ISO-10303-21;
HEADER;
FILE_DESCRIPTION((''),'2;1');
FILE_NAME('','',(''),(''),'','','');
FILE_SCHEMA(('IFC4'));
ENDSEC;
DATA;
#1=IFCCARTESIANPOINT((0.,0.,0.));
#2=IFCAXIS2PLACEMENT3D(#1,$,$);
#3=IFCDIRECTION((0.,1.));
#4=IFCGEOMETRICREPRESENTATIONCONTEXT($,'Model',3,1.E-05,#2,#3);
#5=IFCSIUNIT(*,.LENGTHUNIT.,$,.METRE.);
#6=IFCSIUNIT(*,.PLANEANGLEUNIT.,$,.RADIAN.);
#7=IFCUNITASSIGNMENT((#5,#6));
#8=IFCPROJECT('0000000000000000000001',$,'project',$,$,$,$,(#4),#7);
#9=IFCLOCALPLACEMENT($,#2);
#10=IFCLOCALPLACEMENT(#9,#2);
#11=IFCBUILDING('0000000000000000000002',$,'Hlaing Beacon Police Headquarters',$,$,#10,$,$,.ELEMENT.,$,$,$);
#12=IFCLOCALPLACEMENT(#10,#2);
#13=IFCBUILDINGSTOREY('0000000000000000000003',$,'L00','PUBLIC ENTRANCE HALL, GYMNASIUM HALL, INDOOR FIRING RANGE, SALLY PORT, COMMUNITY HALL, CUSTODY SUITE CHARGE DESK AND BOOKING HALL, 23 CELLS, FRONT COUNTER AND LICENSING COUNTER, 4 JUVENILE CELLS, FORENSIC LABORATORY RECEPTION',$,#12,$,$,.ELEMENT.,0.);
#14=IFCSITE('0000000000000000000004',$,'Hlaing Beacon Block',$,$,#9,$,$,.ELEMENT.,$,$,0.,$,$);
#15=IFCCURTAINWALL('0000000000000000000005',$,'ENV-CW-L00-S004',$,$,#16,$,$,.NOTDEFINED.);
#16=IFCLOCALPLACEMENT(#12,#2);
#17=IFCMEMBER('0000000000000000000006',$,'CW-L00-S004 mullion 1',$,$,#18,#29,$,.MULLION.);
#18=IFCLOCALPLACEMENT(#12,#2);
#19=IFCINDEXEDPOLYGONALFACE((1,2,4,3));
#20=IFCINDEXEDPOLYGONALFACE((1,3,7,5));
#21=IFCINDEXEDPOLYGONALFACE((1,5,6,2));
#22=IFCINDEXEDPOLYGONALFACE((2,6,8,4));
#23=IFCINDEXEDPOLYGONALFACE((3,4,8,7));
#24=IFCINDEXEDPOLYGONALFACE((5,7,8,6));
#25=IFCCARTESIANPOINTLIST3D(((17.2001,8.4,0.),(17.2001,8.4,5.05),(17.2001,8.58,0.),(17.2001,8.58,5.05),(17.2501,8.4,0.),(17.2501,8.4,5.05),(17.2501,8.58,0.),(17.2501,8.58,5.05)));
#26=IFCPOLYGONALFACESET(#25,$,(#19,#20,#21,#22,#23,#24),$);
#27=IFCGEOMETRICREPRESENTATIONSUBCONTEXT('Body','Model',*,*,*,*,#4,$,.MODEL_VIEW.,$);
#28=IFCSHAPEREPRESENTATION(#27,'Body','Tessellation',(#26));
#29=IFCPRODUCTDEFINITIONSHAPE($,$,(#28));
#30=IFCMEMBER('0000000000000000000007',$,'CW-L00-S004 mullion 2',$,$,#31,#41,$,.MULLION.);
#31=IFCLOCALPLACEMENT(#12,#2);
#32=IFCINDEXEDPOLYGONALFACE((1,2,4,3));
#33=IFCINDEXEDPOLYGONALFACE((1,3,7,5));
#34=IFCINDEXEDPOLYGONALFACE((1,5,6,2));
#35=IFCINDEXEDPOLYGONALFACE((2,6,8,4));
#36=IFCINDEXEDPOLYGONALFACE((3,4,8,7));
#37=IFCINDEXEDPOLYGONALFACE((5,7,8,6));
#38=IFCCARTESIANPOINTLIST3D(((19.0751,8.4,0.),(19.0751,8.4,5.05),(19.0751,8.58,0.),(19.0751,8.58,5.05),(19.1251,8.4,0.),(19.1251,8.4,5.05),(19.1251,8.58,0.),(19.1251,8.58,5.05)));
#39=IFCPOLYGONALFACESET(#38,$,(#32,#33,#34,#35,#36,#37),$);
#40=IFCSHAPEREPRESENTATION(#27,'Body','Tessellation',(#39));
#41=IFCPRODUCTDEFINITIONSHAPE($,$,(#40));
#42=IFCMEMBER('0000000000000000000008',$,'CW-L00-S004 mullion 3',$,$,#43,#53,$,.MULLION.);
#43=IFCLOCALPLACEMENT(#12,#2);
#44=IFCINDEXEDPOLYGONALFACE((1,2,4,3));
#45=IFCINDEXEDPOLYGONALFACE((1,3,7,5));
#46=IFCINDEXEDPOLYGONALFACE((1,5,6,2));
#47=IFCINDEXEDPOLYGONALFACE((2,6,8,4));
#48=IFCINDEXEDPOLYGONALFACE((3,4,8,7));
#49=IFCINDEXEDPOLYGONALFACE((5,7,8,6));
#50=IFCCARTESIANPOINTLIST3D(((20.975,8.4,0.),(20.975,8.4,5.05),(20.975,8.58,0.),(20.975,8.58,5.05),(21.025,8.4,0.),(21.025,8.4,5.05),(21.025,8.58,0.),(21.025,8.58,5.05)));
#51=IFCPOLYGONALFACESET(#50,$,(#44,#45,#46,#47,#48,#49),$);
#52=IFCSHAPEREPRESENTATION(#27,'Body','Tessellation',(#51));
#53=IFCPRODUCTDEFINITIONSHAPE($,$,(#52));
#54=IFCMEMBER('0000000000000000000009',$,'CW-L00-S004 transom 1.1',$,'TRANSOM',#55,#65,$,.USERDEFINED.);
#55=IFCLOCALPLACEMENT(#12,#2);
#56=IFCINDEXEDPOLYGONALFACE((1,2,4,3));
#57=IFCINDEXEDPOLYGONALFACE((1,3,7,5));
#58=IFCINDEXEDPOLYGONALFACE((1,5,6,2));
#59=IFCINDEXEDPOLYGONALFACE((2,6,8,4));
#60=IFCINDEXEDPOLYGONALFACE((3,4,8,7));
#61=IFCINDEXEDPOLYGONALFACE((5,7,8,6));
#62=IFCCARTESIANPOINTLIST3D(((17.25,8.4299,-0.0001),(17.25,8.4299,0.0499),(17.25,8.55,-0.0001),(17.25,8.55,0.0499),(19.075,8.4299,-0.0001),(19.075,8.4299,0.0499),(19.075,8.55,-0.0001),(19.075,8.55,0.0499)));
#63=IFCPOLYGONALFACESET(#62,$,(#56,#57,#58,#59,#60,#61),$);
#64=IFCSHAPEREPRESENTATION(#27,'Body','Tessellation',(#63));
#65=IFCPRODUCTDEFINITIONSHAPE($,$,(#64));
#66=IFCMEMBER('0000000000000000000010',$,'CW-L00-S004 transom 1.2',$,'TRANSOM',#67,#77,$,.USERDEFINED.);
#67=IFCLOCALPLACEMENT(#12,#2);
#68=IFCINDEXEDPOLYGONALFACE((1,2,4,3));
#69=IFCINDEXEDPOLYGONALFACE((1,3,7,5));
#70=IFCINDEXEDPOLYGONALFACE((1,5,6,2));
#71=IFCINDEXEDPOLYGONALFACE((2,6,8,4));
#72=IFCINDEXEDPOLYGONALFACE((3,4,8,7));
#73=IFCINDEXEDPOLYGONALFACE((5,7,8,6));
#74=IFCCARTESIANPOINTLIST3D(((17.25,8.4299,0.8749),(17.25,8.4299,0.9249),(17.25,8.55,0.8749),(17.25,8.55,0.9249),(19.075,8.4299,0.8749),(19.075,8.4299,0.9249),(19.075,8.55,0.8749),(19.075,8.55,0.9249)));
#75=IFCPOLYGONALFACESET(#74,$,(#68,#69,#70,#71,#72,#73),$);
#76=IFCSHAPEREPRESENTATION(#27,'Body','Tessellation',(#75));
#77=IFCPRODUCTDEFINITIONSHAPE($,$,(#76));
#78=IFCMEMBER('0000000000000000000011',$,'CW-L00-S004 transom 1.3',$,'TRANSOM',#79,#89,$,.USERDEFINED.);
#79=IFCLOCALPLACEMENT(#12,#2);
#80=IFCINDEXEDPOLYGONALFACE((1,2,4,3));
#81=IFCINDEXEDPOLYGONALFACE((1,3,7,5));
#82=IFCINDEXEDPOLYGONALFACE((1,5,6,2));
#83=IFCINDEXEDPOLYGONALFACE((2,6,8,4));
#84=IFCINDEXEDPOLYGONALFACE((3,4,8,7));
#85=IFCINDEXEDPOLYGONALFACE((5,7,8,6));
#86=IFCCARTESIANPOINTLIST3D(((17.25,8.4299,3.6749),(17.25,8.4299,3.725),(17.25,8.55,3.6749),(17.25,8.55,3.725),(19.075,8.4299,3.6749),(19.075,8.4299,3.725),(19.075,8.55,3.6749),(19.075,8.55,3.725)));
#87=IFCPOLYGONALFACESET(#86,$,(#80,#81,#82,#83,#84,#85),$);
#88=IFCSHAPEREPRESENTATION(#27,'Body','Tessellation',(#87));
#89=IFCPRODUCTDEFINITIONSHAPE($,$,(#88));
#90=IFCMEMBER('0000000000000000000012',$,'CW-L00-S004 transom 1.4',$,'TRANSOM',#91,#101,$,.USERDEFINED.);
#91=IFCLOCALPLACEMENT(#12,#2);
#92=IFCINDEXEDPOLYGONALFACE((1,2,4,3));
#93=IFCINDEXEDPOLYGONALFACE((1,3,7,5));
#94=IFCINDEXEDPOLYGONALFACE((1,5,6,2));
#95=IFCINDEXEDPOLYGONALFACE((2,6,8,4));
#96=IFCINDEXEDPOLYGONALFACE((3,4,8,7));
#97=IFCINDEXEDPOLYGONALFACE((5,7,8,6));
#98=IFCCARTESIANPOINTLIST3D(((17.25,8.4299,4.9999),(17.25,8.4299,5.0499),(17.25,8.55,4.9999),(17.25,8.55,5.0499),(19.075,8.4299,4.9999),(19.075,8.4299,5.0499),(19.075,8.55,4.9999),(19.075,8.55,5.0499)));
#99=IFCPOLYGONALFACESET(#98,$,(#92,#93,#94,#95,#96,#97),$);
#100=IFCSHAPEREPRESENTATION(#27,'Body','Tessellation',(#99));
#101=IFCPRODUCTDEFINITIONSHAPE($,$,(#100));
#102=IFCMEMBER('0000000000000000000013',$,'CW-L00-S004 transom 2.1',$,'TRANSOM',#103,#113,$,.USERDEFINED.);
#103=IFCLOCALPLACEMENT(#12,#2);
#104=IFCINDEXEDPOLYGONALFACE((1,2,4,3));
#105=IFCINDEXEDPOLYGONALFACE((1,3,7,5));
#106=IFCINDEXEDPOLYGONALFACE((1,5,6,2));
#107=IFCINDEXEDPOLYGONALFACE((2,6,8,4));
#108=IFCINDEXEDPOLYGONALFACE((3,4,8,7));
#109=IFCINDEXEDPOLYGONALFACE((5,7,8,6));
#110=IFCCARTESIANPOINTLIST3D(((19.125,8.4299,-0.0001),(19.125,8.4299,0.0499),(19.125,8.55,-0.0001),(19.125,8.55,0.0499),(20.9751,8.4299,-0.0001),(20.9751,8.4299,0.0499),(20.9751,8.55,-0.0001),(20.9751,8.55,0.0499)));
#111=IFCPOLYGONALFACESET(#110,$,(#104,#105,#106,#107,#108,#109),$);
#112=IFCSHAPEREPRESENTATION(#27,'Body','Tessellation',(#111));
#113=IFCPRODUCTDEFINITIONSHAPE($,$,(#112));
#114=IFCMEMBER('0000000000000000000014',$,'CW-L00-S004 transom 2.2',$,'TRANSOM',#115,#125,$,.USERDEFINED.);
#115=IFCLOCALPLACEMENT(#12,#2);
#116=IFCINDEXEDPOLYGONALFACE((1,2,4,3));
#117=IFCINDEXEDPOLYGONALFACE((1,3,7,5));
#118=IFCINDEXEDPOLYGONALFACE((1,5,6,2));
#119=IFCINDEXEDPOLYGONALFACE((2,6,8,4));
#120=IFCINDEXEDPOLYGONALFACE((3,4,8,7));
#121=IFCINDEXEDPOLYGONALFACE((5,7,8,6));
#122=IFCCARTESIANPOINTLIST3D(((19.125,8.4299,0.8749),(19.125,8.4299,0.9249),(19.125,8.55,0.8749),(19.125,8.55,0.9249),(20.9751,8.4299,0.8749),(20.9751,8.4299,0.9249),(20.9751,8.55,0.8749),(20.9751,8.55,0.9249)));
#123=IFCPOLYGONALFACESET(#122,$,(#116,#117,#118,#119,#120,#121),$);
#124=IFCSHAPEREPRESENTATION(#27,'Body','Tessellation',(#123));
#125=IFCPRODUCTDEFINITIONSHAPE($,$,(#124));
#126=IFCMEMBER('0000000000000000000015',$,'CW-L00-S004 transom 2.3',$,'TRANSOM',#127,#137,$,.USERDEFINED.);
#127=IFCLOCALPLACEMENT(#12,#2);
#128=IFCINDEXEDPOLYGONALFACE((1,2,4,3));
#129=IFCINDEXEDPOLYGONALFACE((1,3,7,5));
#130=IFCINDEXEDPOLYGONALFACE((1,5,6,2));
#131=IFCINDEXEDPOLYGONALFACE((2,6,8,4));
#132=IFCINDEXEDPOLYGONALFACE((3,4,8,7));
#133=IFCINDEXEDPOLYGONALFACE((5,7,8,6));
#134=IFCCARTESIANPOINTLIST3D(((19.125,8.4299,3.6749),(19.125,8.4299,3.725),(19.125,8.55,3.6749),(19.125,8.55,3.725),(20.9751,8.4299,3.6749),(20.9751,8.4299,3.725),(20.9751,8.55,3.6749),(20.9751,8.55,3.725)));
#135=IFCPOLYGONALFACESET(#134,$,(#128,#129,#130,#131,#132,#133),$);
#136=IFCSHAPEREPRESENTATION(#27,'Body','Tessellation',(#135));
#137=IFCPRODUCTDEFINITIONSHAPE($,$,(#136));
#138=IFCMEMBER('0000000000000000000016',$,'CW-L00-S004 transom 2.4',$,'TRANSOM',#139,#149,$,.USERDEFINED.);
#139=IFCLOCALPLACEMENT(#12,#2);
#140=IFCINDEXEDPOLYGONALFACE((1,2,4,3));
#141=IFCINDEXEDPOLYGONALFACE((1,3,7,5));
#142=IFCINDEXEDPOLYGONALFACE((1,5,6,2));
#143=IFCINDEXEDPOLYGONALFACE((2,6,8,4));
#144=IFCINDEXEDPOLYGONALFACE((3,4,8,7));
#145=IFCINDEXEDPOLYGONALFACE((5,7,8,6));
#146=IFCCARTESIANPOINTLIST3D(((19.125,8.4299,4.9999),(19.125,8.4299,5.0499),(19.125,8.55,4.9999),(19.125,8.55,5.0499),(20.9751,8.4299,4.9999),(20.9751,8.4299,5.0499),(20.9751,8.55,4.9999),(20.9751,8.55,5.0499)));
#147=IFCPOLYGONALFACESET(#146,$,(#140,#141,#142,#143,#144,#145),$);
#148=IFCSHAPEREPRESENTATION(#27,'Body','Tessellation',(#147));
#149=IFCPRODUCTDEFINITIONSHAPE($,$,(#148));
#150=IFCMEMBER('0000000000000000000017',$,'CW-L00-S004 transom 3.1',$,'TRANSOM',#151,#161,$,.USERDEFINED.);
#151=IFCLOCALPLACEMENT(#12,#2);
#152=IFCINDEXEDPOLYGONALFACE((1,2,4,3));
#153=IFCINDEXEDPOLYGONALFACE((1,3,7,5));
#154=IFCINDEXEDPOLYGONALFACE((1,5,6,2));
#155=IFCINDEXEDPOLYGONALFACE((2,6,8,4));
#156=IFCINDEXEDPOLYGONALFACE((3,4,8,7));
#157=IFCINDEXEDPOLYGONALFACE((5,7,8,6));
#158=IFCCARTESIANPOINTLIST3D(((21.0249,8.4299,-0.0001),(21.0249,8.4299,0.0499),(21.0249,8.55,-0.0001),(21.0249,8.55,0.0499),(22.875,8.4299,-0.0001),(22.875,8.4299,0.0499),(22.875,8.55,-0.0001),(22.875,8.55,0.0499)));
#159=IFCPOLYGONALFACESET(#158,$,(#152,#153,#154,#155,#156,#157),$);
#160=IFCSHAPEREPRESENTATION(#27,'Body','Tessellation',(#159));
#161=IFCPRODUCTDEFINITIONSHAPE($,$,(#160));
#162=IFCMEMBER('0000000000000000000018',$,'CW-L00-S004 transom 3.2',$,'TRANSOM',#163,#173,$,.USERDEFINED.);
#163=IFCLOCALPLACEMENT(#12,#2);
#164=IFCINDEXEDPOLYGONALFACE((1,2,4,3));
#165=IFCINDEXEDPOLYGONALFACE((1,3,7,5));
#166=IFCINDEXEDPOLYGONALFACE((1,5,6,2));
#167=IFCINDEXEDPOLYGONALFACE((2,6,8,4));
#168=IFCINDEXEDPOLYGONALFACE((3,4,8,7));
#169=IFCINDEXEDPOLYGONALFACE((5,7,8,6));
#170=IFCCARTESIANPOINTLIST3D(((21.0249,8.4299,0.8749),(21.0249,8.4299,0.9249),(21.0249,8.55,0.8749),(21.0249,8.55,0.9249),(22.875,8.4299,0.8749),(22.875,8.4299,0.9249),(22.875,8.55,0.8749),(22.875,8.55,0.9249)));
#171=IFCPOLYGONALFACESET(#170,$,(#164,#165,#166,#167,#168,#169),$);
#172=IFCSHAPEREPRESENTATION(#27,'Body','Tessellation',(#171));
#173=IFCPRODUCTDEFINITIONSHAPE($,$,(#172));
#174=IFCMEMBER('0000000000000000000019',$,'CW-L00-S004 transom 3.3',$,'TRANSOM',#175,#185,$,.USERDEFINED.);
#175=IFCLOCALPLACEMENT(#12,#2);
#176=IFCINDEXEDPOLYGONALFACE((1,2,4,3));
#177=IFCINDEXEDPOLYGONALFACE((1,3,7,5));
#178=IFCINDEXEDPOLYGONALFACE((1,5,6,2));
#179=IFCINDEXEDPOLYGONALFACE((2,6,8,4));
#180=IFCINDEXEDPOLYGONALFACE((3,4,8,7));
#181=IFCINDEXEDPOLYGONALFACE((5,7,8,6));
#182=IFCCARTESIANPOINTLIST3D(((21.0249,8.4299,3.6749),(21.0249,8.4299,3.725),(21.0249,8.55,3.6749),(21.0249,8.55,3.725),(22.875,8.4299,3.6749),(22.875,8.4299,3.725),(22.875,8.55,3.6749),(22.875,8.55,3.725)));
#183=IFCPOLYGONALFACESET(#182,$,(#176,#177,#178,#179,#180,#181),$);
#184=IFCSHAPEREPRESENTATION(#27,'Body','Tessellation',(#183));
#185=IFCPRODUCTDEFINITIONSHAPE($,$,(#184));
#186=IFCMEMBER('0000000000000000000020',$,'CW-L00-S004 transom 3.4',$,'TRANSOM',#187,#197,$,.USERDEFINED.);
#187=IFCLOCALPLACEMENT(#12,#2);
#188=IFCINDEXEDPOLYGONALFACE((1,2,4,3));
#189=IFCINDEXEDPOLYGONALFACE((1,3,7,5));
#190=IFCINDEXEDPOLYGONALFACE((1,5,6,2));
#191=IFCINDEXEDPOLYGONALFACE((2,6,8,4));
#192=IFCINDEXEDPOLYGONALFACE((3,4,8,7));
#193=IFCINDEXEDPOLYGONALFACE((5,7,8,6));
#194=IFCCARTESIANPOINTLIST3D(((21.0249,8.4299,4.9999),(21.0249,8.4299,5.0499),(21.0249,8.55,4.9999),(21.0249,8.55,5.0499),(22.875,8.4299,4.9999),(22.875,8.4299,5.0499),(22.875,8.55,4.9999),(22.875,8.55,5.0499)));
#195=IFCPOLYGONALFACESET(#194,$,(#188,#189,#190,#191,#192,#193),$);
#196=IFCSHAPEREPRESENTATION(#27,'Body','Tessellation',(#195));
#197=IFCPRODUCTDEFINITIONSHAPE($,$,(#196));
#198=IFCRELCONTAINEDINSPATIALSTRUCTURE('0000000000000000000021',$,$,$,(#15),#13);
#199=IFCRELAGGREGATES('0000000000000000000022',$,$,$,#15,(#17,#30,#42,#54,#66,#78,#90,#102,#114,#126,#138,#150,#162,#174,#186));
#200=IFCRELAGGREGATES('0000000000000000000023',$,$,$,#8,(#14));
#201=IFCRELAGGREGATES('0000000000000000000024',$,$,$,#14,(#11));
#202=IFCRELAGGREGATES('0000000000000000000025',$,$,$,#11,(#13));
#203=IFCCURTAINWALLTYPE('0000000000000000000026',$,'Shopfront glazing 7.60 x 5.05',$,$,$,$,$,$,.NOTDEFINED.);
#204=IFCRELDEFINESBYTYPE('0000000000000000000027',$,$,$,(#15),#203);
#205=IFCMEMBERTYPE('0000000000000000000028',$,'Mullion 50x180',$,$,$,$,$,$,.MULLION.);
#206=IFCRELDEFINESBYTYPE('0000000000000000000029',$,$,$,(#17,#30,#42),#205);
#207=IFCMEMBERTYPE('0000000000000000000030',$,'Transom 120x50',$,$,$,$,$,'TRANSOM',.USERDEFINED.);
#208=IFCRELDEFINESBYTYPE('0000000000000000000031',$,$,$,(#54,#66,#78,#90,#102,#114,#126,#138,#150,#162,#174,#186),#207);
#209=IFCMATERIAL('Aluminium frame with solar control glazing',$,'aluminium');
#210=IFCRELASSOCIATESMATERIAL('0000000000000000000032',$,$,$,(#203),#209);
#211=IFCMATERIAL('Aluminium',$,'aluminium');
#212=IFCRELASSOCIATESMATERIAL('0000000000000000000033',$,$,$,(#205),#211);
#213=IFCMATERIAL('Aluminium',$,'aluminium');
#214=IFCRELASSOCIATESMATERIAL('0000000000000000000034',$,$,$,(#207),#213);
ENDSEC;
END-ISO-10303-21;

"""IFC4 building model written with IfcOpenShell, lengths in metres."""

from ifc_helpers import new_model, si_unit, direction, frame, origin, origin_2d, place, context, subcontext, project, spatial, rectangle, extrude, material, material_profile, profile_set, type_object, element, aggregate, save


model = new_model("IFC4")

# Units and contexts
model_context = context("Model", 3, precision=1e-05, world=origin(), true_north=direction((0.0, 1.0)))
body_context = subcontext(model_context, "Body", "Model", "MODEL_VIEW")
ifc_project = project(units=[si_unit("LENGTHUNIT", "METRE"), si_unit("PLANEANGLEUNIT", "RADIAN")], contexts=[model_context])

# Site, building, storey
site_placement = place(None, origin())
site = spatial("IfcSite", under=ifc_project, at=site_placement, Name="Hlaing Beacon Block", CompositionType="ELEMENT", RefElevation=0.0)
building_placement = place(site_placement, origin())
building = spatial("IfcBuilding", under=site, at=building_placement, Name="Hlaing Beacon Police Headquarters", CompositionType="ELEMENT")
storey_placement = place(building_placement, origin())
storey = spatial("IfcBuildingStorey", under=building, at=storey_placement, Name="L00", Description="PUBLIC ENTRANCE HALL, GYMNASIUM HALL, INDOOR FIRING RANGE, SALLY PORT, COMMUNITY HALL, CUSTODY SUITE CHARGE DESK AND BOOKING HALL, 23 CELLS, FRONT COUNTER AND LICENSING COUNTER, 4 JUVENILE CELLS, FORENSIC LABORATORY RECEPTION", CompositionType="ELEMENT", Elevation=0.0)

# Curtain wall, members
ifc_material_1 = material(Name="Aluminium frame with solar control glazing", Category="aluminium")
curtain_wall_type = type_object("IfcCurtainWallType", Name="Shopfront glazing 7.60 x 5.05", PredefinedType="NOTDEFINED", material=ifc_material_1)
curtain_wall_placement = place(storey_placement, origin())
curtain_wall = element("IfcCurtainWall", 1, at=curtain_wall_placement, inside=storey, type_object=curtain_wall_type, Name="ENV-CW-L00-S004", PredefinedType="NOTDEFINED")
ifc_material_2 = material(Name="Aluminium", Category="aluminium")
ifc_material_profile_1 = material_profile(ifc_material_2, rectangle(XDim=0.1799, YDim=0.05, at=origin_2d()), Name="Mullion 50x180")
ifc_profile_set_1 = profile_set([ifc_material_profile_1], Name="Aluminium")
member_type_1 = type_object("IfcMemberType", Name="Mullion 50x180", PredefinedType="MULLION", material=ifc_profile_set_1)
member_1_placement = place(storey_placement, frame((17.2251, 8.49, 0.0), z_axis=(0.0, 0.0, 1.0), x_axis=(0.0, 1.0, 0.0)))
member_1 = element("IfcMember", 2, at=member_1_placement, type_object=member_type_1, Name="CW-L00-S004 mullion 1", PredefinedType="MULLION", context=body_context, shape_type="SweptSolid", body=[
    extrude(rectangle(XDim=0.1799, YDim=0.05, at=origin_2d()), origin(), (0.0, 0.0, 1.0), 5.05),
])
member_2_placement = place(storey_placement, frame((19.1001, 8.49, 0.0), z_axis=(0.0, 0.0, 1.0), x_axis=(0.0, 1.0, 0.0)))
member_2 = element("IfcMember", 3, at=member_2_placement, type_object=member_type_1, Name="CW-L00-S004 mullion 2", PredefinedType="MULLION", context=body_context, shape_type="SweptSolid", body=[
    extrude(rectangle(XDim=0.1799, YDim=0.05, at=origin_2d()), origin(), (0.0, 0.0, 1.0), 5.05),
])
member_3_placement = place(storey_placement, frame((21.0, 8.49, 0.0), z_axis=(0.0, 0.0, 1.0), x_axis=(0.0, 1.0, 0.0)))
member_3 = element("IfcMember", 4, at=member_3_placement, type_object=member_type_1, Name="CW-L00-S004 mullion 3", PredefinedType="MULLION", context=body_context, shape_type="SweptSolid", body=[
    extrude(rectangle(XDim=0.1799, YDim=0.05, at=origin_2d()), origin(), (0.0, 0.0, 1.0), 5.05),
])
ifc_material_3 = material(Name="Aluminium", Category="aluminium")
ifc_material_profile_2 = material_profile(ifc_material_3, rectangle(XDim=0.1201, YDim=0.05, at=origin_2d()), Name="Transom 120x50")
ifc_profile_set_2 = profile_set([ifc_material_profile_2], Name="Aluminium")
member_type_2 = type_object("IfcMemberType", Name="Transom 120x50", ElementType="TRANSOM", PredefinedType="USERDEFINED", material=ifc_profile_set_2)
member_4_placement = place(storey_placement, frame((17.25, 8.49, 0.0249), z_axis=(1.0, 0.0, 0.0), x_axis=(0.0, 1.0, 0.0)))
member_4 = element("IfcMember", 5, at=member_4_placement, type_object=member_type_2, Name="CW-L00-S004 transom 1.1", ObjectType="TRANSOM", PredefinedType="USERDEFINED", context=body_context, shape_type="SweptSolid", body=[
    extrude(rectangle(XDim=0.1201, YDim=0.05, at=origin_2d()), origin(), (0.0, 0.0, 1.0), 1.825),
])
member_5_placement = place(storey_placement, frame((17.25, 8.49, 0.8999), z_axis=(1.0, 0.0, 0.0), x_axis=(0.0, 1.0, 0.0)))
member_5 = element("IfcMember", 6, at=member_5_placement, type_object=member_type_2, Name="CW-L00-S004 transom 1.2", ObjectType="TRANSOM", PredefinedType="USERDEFINED", context=body_context, shape_type="SweptSolid", body=[
    extrude(rectangle(XDim=0.1201, YDim=0.05, at=origin_2d()), origin(), (0.0, 0.0, 1.0), 1.825),
])
member_6_placement = place(storey_placement, frame((17.25, 8.49, 3.7), z_axis=(1.0, 0.0, 0.0), x_axis=(0.0, 1.0, 0.0)))
member_6 = element("IfcMember", 7, at=member_6_placement, type_object=member_type_2, Name="CW-L00-S004 transom 1.3", ObjectType="TRANSOM", PredefinedType="USERDEFINED", context=body_context, shape_type="SweptSolid", body=[
    extrude(rectangle(XDim=0.1201, YDim=0.05, at=origin_2d()), origin(), (0.0, 0.0, 1.0), 1.825),
])
member_7_placement = place(storey_placement, frame((17.25, 8.49, 5.0249), z_axis=(1.0, 0.0, 0.0), x_axis=(0.0, 1.0, 0.0)))
member_7 = element("IfcMember", 8, at=member_7_placement, type_object=member_type_2, Name="CW-L00-S004 transom 1.4", ObjectType="TRANSOM", PredefinedType="USERDEFINED", context=body_context, shape_type="SweptSolid", body=[
    extrude(rectangle(XDim=0.1201, YDim=0.05, at=origin_2d()), origin(), (0.0, 0.0, 1.0), 1.825),
])
member_8_placement = place(storey_placement, frame((19.125, 8.49, 0.0249), z_axis=(1.0, 0.0, 0.0), x_axis=(0.0, 1.0, 0.0)))
member_8 = element("IfcMember", 9, at=member_8_placement, type_object=member_type_2, Name="CW-L00-S004 transom 2.1", ObjectType="TRANSOM", PredefinedType="USERDEFINED", context=body_context, shape_type="SweptSolid", body=[
    extrude(rectangle(XDim=0.1201, YDim=0.05, at=origin_2d()), origin(), (0.0, 0.0, 1.0), 1.8501),
])
member_9_placement = place(storey_placement, frame((19.125, 8.49, 0.8999), z_axis=(1.0, 0.0, 0.0), x_axis=(0.0, 1.0, 0.0)))
member_9 = element("IfcMember", 10, at=member_9_placement, type_object=member_type_2, Name="CW-L00-S004 transom 2.2", ObjectType="TRANSOM", PredefinedType="USERDEFINED", context=body_context, shape_type="SweptSolid", body=[
    extrude(rectangle(XDim=0.1201, YDim=0.05, at=origin_2d()), origin(), (0.0, 0.0, 1.0), 1.8501),
])
member_10_placement = place(storey_placement, frame((19.125, 8.49, 3.7), z_axis=(1.0, 0.0, 0.0), x_axis=(0.0, 1.0, 0.0)))
member_10 = element("IfcMember", 11, at=member_10_placement, type_object=member_type_2, Name="CW-L00-S004 transom 2.3", ObjectType="TRANSOM", PredefinedType="USERDEFINED", context=body_context, shape_type="SweptSolid", body=[
    extrude(rectangle(XDim=0.1201, YDim=0.05, at=origin_2d()), origin(), (0.0, 0.0, 1.0), 1.8501),
])
member_11_placement = place(storey_placement, frame((19.125, 8.49, 5.0249), z_axis=(1.0, 0.0, 0.0), x_axis=(0.0, 1.0, 0.0)))
member_11 = element("IfcMember", 12, at=member_11_placement, type_object=member_type_2, Name="CW-L00-S004 transom 2.4", ObjectType="TRANSOM", PredefinedType="USERDEFINED", context=body_context, shape_type="SweptSolid", body=[
    extrude(rectangle(XDim=0.1201, YDim=0.05, at=origin_2d()), origin(), (0.0, 0.0, 1.0), 1.8501),
])
member_12_placement = place(storey_placement, frame((21.0249, 8.49, 0.0249), z_axis=(1.0, 0.0, 0.0), x_axis=(0.0, 1.0, 0.0)))
member_12 = element("IfcMember", 13, at=member_12_placement, type_object=member_type_2, Name="CW-L00-S004 transom 3.1", ObjectType="TRANSOM", PredefinedType="USERDEFINED", context=body_context, shape_type="SweptSolid", body=[
    extrude(rectangle(XDim=0.1201, YDim=0.05, at=origin_2d()), origin(), (0.0, 0.0, 1.0), 1.8501),
])
member_13_placement = place(storey_placement, frame((21.0249, 8.49, 0.8999), z_axis=(1.0, 0.0, 0.0), x_axis=(0.0, 1.0, 0.0)))
member_13 = element("IfcMember", 14, at=member_13_placement, type_object=member_type_2, Name="CW-L00-S004 transom 3.2", ObjectType="TRANSOM", PredefinedType="USERDEFINED", context=body_context, shape_type="SweptSolid", body=[
    extrude(rectangle(XDim=0.1201, YDim=0.05, at=origin_2d()), origin(), (0.0, 0.0, 1.0), 1.8501),
])
member_14_placement = place(storey_placement, frame((21.0249, 8.49, 3.7), z_axis=(1.0, 0.0, 0.0), x_axis=(0.0, 1.0, 0.0)))
member_14 = element("IfcMember", 15, at=member_14_placement, type_object=member_type_2, Name="CW-L00-S004 transom 3.3", ObjectType="TRANSOM", PredefinedType="USERDEFINED", context=body_context, shape_type="SweptSolid", body=[
    extrude(rectangle(XDim=0.1201, YDim=0.05, at=origin_2d()), origin(), (0.0, 0.0, 1.0), 1.8501),
])
member_15_placement = place(storey_placement, frame((21.0249, 8.49, 5.0249), z_axis=(1.0, 0.0, 0.0), x_axis=(0.0, 1.0, 0.0)))
member_15 = element("IfcMember", 16, at=member_15_placement, type_object=member_type_2, Name="CW-L00-S004 transom 3.4", ObjectType="TRANSOM", PredefinedType="USERDEFINED", context=body_context, shape_type="SweptSolid", body=[
    extrude(rectangle(XDim=0.1201, YDim=0.05, at=origin_2d()), origin(), (0.0, 0.0, 1.0), 1.8501),
])
aggregate(curtain_wall, [member_1, member_2, member_3, member_4, member_5, member_6, member_7, member_8, member_9, member_10, member_11, member_12, member_13, member_14, member_15])

save(model, "model.ifc")
